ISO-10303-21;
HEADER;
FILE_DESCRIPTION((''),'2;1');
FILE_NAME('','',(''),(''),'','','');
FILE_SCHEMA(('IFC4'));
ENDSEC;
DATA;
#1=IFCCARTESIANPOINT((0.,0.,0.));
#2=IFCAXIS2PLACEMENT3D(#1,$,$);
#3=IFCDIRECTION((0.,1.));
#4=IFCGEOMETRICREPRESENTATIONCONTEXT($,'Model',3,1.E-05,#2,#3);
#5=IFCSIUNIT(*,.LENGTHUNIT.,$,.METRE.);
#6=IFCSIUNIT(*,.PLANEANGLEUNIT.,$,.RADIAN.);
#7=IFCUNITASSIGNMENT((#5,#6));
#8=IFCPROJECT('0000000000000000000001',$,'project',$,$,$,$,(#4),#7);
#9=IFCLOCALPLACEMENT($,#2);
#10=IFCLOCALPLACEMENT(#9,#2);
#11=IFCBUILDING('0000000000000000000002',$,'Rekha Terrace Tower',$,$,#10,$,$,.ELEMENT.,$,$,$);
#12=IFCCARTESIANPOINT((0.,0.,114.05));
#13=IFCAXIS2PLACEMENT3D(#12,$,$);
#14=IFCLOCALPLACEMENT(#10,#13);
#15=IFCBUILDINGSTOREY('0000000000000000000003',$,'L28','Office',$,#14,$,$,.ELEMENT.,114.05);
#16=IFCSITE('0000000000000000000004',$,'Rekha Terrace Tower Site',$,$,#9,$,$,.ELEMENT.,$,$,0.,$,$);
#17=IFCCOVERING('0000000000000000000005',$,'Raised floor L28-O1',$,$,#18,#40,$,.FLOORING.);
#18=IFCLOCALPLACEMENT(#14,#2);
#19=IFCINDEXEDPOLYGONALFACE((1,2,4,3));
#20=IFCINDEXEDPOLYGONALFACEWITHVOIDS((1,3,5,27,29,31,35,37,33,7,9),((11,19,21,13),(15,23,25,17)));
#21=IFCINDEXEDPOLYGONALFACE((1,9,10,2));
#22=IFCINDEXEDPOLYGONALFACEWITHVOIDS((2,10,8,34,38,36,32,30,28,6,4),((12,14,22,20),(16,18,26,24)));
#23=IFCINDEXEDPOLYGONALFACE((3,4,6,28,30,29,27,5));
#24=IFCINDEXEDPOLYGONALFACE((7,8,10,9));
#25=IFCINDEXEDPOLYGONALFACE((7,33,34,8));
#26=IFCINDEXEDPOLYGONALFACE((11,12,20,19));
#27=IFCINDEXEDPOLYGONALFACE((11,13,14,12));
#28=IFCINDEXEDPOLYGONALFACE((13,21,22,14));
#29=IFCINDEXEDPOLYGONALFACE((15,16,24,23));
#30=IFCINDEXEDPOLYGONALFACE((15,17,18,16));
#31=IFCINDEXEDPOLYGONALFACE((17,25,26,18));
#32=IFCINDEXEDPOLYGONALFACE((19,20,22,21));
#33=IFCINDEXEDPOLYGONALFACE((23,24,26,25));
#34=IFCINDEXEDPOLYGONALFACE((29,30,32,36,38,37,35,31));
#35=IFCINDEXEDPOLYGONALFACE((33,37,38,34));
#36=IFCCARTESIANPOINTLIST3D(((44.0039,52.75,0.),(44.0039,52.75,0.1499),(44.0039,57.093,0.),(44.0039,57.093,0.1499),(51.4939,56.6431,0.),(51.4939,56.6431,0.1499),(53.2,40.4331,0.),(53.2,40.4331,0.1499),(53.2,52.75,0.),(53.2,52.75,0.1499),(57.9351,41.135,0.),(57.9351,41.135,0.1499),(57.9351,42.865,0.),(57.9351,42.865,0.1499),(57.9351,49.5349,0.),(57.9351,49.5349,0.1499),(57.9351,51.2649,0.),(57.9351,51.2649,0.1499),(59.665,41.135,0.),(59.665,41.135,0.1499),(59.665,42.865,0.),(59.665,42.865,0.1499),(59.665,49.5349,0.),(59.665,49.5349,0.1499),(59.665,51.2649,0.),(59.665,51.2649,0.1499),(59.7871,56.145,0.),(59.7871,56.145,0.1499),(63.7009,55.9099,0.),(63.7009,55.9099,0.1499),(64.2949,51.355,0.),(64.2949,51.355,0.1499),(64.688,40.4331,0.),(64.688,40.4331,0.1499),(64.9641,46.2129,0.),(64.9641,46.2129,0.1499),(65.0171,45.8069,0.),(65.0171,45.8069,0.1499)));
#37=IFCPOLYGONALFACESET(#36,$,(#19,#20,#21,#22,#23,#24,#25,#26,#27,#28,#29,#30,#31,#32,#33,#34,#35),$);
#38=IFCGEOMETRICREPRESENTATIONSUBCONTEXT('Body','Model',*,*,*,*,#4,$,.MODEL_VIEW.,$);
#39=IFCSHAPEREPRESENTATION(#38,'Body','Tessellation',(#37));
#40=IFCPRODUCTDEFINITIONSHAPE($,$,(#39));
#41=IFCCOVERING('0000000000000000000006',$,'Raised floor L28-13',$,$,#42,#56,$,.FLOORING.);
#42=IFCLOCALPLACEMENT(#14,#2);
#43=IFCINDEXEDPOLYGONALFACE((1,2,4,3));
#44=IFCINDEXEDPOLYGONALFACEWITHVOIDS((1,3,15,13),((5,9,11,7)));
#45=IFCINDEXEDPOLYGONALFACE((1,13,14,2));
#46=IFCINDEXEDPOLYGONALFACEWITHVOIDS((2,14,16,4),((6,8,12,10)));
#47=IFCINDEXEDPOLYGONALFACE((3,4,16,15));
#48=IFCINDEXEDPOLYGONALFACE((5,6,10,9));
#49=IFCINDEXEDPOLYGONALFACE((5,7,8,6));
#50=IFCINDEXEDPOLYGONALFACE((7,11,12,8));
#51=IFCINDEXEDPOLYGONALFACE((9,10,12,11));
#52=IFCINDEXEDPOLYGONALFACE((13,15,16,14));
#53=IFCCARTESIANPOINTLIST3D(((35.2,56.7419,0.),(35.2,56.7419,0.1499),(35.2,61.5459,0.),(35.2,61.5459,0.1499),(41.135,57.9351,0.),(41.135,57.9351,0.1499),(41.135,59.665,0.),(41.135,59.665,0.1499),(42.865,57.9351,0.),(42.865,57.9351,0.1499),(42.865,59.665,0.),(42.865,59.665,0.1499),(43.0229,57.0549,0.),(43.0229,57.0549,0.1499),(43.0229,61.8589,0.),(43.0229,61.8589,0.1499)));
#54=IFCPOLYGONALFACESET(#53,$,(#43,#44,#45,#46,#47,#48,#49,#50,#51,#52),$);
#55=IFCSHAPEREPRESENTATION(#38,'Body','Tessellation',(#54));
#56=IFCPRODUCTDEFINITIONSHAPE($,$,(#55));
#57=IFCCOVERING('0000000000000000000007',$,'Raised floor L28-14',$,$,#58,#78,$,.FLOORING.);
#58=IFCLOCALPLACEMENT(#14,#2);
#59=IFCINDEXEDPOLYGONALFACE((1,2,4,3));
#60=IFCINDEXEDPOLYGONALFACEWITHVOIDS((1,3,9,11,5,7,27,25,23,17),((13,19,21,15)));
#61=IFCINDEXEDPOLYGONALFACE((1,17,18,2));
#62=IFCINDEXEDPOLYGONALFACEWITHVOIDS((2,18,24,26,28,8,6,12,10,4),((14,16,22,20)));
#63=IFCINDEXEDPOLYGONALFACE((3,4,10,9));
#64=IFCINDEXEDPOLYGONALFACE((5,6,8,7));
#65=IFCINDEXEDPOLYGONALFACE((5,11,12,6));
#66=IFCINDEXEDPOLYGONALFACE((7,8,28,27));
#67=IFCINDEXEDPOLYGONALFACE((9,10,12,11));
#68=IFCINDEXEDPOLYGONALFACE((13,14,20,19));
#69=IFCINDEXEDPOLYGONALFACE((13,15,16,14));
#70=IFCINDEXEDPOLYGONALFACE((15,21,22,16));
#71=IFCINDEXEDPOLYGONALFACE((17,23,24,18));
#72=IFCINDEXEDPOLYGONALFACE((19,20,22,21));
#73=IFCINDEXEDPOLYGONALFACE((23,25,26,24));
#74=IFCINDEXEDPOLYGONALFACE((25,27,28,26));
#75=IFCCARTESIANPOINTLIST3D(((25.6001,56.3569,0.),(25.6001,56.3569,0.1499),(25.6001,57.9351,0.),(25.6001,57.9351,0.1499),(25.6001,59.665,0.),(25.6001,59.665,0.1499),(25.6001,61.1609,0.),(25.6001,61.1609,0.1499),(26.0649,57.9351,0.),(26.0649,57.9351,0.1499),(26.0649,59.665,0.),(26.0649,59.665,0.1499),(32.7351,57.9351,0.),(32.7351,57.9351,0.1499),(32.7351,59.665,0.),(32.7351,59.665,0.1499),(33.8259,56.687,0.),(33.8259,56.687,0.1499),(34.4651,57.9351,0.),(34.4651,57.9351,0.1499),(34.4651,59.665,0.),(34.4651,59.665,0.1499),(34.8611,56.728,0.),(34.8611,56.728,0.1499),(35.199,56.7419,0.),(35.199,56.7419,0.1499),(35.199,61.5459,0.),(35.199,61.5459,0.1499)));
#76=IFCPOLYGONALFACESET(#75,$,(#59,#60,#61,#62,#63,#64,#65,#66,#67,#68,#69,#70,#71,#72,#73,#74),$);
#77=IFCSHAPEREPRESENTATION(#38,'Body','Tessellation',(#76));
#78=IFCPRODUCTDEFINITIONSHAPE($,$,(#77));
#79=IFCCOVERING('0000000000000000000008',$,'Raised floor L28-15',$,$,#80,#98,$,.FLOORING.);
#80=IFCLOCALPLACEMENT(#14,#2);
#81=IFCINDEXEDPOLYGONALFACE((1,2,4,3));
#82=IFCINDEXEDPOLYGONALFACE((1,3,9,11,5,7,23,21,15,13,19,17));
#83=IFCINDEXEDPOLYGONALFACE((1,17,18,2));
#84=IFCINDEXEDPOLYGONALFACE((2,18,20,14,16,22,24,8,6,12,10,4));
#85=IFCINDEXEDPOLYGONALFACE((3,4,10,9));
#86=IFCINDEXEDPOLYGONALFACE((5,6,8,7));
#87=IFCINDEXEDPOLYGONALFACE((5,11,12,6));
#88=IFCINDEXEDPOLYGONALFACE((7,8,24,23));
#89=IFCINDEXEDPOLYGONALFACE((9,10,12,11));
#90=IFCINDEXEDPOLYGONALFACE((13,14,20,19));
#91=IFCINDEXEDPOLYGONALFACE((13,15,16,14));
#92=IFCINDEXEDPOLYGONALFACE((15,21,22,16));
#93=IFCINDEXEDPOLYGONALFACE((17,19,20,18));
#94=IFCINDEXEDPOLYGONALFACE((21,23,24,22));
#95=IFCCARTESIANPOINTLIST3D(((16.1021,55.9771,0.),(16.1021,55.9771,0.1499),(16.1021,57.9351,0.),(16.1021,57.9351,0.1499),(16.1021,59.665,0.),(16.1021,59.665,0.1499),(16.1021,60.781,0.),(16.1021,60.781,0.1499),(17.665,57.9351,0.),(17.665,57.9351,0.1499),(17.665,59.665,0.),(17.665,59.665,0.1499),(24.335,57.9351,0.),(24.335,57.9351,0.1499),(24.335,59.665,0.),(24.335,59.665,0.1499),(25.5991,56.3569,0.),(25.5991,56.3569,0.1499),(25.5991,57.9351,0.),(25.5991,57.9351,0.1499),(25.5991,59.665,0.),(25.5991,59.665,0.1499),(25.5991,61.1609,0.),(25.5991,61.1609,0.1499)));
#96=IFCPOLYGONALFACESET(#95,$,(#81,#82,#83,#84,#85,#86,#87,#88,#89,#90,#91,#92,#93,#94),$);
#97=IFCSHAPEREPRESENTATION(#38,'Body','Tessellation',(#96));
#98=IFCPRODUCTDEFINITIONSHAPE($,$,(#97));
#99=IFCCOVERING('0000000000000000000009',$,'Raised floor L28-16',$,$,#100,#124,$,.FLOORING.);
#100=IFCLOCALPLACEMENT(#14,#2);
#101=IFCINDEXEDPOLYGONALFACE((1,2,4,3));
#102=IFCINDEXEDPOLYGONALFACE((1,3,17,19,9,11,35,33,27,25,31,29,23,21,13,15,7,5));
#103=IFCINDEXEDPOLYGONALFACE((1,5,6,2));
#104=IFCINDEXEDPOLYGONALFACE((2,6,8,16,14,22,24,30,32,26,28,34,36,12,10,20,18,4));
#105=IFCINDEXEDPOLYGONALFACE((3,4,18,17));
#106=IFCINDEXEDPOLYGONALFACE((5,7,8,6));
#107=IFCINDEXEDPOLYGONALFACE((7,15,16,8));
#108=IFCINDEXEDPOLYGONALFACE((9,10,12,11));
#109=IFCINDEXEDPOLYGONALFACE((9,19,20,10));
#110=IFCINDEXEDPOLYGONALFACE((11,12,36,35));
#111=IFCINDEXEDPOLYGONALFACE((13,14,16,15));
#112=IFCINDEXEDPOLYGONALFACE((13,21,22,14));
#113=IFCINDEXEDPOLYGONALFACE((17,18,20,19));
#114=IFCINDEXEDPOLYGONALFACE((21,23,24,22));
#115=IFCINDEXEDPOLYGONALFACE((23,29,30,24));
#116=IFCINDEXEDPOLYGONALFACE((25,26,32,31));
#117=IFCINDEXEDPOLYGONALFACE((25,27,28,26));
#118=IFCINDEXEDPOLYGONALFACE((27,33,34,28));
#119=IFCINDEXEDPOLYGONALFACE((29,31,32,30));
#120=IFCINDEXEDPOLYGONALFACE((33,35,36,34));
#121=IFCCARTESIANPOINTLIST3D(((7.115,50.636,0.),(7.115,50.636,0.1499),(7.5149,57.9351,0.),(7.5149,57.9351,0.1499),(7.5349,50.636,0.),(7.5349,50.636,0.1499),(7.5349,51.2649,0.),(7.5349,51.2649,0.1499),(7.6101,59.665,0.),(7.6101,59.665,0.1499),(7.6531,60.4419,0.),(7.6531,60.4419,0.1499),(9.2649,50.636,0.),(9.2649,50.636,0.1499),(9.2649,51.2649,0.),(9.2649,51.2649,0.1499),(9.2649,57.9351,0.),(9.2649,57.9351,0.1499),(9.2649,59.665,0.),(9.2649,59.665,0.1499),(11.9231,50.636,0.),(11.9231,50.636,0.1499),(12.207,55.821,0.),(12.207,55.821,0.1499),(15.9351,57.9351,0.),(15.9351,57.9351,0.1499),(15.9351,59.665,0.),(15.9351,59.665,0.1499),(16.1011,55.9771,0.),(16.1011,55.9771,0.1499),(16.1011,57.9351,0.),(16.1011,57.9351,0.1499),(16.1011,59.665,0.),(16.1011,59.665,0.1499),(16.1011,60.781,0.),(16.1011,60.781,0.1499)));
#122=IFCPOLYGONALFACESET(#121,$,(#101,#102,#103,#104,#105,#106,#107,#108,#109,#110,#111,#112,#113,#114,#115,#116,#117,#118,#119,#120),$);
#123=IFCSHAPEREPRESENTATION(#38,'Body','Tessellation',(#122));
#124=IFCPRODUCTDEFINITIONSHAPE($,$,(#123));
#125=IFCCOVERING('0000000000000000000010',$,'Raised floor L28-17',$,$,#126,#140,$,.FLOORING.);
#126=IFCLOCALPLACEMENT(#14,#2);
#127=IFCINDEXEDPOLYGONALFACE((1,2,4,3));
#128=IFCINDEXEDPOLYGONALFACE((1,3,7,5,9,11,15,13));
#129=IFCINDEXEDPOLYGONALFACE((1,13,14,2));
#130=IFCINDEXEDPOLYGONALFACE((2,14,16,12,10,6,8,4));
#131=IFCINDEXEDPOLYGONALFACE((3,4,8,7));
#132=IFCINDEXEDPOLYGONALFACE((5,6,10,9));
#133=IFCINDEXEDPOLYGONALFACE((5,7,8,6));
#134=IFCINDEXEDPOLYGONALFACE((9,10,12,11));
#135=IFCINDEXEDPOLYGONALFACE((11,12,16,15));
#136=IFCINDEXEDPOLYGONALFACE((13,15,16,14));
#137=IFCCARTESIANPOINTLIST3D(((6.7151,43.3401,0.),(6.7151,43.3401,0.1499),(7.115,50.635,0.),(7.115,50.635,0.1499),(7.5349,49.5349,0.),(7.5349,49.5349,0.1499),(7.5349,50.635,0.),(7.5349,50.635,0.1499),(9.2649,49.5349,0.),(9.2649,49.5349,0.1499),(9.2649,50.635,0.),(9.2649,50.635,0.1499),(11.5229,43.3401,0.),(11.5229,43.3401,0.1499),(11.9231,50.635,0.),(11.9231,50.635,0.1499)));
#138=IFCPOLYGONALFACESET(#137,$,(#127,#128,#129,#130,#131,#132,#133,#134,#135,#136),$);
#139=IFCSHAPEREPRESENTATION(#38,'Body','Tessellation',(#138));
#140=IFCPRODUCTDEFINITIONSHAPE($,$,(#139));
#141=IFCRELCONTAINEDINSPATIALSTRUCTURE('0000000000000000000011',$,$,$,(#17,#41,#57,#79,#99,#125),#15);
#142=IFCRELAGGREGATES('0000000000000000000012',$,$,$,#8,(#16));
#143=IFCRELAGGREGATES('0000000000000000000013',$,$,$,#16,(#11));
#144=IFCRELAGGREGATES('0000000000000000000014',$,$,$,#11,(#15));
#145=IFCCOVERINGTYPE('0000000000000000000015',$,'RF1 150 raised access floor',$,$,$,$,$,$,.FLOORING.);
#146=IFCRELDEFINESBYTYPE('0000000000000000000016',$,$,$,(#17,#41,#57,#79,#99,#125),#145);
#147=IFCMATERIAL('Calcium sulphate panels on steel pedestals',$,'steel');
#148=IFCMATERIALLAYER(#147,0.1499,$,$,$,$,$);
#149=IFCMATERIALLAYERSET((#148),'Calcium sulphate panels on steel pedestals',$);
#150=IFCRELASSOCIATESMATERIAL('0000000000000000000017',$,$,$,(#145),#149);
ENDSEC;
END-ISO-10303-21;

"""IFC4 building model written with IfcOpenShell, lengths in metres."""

from ifc_helpers import new_model, si_unit, direction, frame, origin, place, context, subcontext, project, spatial, polyline, outline, extrude, material, layer, layer_set, type_object, element, save


model = new_model("IFC4")

# Units and contexts
model_context = context("Model", 3, precision=1e-05, world=origin(), true_north=direction((0.0, 1.0)))
body_context = subcontext(model_context, "Body", "Model", "MODEL_VIEW")
ifc_project = project(units=[si_unit("LENGTHUNIT", "METRE"), si_unit("PLANEANGLEUNIT", "RADIAN")], contexts=[model_context])

# Site, building, storey
site_placement = place(None, origin())
site = spatial("IfcSite", under=ifc_project, at=site_placement, Name="Rekha Terrace Tower Site", CompositionType="ELEMENT", RefElevation=0.0)
building_placement = place(site_placement, origin())
building = spatial("IfcBuilding", under=site, at=building_placement, Name="Rekha Terrace Tower", CompositionType="ELEMENT")
storey_placement = place(building_placement, frame((0.0, 0.0, 114.05)))
storey = spatial("IfcBuildingStorey", under=building, at=storey_placement, Name="L28", Description="Office", CompositionType="ELEMENT", Elevation=114.05)

# Coverings
ifc_material_1 = material(Name="Calcium sulphate panels on steel pedestals", Category="steel")
ifc_layer_1 = layer(ifc_material_1, 0.1499)
ifc_layer_set_1 = layer_set([ifc_layer_1], Name="Calcium sulphate panels on steel pedestals")
covering_type_1 = type_object("IfcCoveringType", Name="RF1 150 raised access floor", PredefinedType="FLOORING", material=ifc_layer_set_1)
covering_1_placement = place(storey_placement, origin())
element("IfcCovering", 1, at=covering_1_placement, inside=storey, type_object=covering_type_1, Name="Raised floor L28-O1", PredefinedType="FLOORING", context=body_context, shape_type="SweptSolid", body=[
    extrude(outline(polyline([(59.7871, 56.145), (51.4939, 56.6431), (44.0039, 57.093), (44.0039, 52.75), (53.2, 52.75), (53.2, 40.4331), (64.688, 40.4331), (65.0171, 45.8069), (64.9641, 46.2129), (64.2949, 51.355), (63.7009, 55.9099), (59.7871, 56.145)]), holes=[polyline([(59.665, 41.135), (57.9351, 41.135), (57.9351, 42.865), (59.665, 42.865), (59.665, 41.135)]), polyline([(59.665, 49.5349), (57.9351, 49.5349), (57.9351, 51.2649), (59.665, 51.2649), (59.665, 49.5349)])]), origin(), (0.0, 0.0, 1.0), 0.1499),
])
covering_2_placement = place(storey_placement, origin())
element("IfcCovering", 2, at=covering_2_placement, inside=storey, type_object=covering_type_1, Name="Raised floor L28-13", PredefinedType="FLOORING", context=body_context, shape_type="SweptSolid", body=[
    extrude(outline(polyline([(35.2, 61.5459), (35.2, 56.7419), (43.0229, 57.0549), (43.0229, 61.8589), (35.2, 61.5459)]), holes=[polyline([(42.865, 57.9351), (41.135, 57.9351), (41.135, 59.665), (42.865, 59.665), (42.865, 57.9351)])]), origin(), (0.0, 0.0, 1.0), 0.1499),
])
covering_3_placement = place(storey_placement, origin())
element("IfcCovering", 3, at=covering_3_placement, inside=storey, type_object=covering_type_1, Name="Raised floor L28-14", PredefinedType="FLOORING", context=body_context, shape_type="SweptSolid", body=[
    extrude(outline(polyline([(35.199, 56.7419), (35.199, 61.5459), (25.6001, 61.1609), (25.6001, 59.665), (26.0649, 59.665), (26.0649, 57.9351), (25.6001, 57.9351), (25.6001, 56.3569), (33.8259, 56.687), (34.8611, 56.728), (35.199, 56.7419)]), holes=[polyline([(34.4651, 57.9351), (32.7351, 57.9351), (32.7351, 59.665), (34.4651, 59.665), (34.4651, 57.9351)])]), origin(), (0.0, 0.0, 1.0), 0.1499),
])
covering_4_placement = place(storey_placement, origin())
element("IfcCovering", 4, at=covering_4_placement, inside=storey, type_object=covering_type_1, Name="Raised floor L28-15", PredefinedType="FLOORING", context=body_context, shape_type="SweptSolid", body=[
    extrude(outline(polyline([(25.5991, 59.665), (25.5991, 61.1609), (16.1021, 60.781), (16.1021, 59.665), (17.665, 59.665), (17.665, 57.9351), (16.1021, 57.9351), (16.1021, 55.9771), (25.5991, 56.3569), (25.5991, 57.9351), (24.335, 57.9351), (24.335, 59.665), (25.5991, 59.665)])), origin(), (0.0, 0.0, 1.0), 0.1499),
])
covering_5_placement = place(storey_placement, origin())
element("IfcCovering", 5, at=covering_5_placement, inside=storey, type_object=covering_type_1, Name="Raised floor L28-16", PredefinedType="FLOORING", context=body_context, shape_type="SweptSolid", body=[
    extrude(outline(polyline([(9.2649, 57.9351), (7.5149, 57.9351), (7.115, 50.636), (7.5349, 50.636), (7.5349, 51.2649), (9.2649, 51.2649), (9.2649, 50.636), (11.9231, 50.636), (12.207, 55.821), (16.1011, 55.9771), (16.1011, 57.9351), (15.9351, 57.9351), (15.9351, 59.665), (16.1011, 59.665), (16.1011, 60.781), (7.6531, 60.4419), (7.6101, 59.665), (9.2649, 59.665), (9.2649, 57.9351)])), origin(), (0.0, 0.0, 1.0), 0.1499),
])
covering_6_placement = place(storey_placement, origin())
element("IfcCovering", 6, at=covering_6_placement, inside=storey, type_object=covering_type_1, Name="Raised floor L28-17", PredefinedType="FLOORING", context=body_context, shape_type="SweptSolid", body=[
    extrude(outline(polyline([(7.5349, 50.635), (7.115, 50.635), (6.7151, 43.3401), (11.5229, 43.3401), (11.9231, 50.635), (9.2649, 50.635), (9.2649, 49.5349), (7.5349, 49.5349), (7.5349, 50.635)])), origin(), (0.0, 0.0, 1.0), 0.1499),
])

save(model, "model.ifc")
